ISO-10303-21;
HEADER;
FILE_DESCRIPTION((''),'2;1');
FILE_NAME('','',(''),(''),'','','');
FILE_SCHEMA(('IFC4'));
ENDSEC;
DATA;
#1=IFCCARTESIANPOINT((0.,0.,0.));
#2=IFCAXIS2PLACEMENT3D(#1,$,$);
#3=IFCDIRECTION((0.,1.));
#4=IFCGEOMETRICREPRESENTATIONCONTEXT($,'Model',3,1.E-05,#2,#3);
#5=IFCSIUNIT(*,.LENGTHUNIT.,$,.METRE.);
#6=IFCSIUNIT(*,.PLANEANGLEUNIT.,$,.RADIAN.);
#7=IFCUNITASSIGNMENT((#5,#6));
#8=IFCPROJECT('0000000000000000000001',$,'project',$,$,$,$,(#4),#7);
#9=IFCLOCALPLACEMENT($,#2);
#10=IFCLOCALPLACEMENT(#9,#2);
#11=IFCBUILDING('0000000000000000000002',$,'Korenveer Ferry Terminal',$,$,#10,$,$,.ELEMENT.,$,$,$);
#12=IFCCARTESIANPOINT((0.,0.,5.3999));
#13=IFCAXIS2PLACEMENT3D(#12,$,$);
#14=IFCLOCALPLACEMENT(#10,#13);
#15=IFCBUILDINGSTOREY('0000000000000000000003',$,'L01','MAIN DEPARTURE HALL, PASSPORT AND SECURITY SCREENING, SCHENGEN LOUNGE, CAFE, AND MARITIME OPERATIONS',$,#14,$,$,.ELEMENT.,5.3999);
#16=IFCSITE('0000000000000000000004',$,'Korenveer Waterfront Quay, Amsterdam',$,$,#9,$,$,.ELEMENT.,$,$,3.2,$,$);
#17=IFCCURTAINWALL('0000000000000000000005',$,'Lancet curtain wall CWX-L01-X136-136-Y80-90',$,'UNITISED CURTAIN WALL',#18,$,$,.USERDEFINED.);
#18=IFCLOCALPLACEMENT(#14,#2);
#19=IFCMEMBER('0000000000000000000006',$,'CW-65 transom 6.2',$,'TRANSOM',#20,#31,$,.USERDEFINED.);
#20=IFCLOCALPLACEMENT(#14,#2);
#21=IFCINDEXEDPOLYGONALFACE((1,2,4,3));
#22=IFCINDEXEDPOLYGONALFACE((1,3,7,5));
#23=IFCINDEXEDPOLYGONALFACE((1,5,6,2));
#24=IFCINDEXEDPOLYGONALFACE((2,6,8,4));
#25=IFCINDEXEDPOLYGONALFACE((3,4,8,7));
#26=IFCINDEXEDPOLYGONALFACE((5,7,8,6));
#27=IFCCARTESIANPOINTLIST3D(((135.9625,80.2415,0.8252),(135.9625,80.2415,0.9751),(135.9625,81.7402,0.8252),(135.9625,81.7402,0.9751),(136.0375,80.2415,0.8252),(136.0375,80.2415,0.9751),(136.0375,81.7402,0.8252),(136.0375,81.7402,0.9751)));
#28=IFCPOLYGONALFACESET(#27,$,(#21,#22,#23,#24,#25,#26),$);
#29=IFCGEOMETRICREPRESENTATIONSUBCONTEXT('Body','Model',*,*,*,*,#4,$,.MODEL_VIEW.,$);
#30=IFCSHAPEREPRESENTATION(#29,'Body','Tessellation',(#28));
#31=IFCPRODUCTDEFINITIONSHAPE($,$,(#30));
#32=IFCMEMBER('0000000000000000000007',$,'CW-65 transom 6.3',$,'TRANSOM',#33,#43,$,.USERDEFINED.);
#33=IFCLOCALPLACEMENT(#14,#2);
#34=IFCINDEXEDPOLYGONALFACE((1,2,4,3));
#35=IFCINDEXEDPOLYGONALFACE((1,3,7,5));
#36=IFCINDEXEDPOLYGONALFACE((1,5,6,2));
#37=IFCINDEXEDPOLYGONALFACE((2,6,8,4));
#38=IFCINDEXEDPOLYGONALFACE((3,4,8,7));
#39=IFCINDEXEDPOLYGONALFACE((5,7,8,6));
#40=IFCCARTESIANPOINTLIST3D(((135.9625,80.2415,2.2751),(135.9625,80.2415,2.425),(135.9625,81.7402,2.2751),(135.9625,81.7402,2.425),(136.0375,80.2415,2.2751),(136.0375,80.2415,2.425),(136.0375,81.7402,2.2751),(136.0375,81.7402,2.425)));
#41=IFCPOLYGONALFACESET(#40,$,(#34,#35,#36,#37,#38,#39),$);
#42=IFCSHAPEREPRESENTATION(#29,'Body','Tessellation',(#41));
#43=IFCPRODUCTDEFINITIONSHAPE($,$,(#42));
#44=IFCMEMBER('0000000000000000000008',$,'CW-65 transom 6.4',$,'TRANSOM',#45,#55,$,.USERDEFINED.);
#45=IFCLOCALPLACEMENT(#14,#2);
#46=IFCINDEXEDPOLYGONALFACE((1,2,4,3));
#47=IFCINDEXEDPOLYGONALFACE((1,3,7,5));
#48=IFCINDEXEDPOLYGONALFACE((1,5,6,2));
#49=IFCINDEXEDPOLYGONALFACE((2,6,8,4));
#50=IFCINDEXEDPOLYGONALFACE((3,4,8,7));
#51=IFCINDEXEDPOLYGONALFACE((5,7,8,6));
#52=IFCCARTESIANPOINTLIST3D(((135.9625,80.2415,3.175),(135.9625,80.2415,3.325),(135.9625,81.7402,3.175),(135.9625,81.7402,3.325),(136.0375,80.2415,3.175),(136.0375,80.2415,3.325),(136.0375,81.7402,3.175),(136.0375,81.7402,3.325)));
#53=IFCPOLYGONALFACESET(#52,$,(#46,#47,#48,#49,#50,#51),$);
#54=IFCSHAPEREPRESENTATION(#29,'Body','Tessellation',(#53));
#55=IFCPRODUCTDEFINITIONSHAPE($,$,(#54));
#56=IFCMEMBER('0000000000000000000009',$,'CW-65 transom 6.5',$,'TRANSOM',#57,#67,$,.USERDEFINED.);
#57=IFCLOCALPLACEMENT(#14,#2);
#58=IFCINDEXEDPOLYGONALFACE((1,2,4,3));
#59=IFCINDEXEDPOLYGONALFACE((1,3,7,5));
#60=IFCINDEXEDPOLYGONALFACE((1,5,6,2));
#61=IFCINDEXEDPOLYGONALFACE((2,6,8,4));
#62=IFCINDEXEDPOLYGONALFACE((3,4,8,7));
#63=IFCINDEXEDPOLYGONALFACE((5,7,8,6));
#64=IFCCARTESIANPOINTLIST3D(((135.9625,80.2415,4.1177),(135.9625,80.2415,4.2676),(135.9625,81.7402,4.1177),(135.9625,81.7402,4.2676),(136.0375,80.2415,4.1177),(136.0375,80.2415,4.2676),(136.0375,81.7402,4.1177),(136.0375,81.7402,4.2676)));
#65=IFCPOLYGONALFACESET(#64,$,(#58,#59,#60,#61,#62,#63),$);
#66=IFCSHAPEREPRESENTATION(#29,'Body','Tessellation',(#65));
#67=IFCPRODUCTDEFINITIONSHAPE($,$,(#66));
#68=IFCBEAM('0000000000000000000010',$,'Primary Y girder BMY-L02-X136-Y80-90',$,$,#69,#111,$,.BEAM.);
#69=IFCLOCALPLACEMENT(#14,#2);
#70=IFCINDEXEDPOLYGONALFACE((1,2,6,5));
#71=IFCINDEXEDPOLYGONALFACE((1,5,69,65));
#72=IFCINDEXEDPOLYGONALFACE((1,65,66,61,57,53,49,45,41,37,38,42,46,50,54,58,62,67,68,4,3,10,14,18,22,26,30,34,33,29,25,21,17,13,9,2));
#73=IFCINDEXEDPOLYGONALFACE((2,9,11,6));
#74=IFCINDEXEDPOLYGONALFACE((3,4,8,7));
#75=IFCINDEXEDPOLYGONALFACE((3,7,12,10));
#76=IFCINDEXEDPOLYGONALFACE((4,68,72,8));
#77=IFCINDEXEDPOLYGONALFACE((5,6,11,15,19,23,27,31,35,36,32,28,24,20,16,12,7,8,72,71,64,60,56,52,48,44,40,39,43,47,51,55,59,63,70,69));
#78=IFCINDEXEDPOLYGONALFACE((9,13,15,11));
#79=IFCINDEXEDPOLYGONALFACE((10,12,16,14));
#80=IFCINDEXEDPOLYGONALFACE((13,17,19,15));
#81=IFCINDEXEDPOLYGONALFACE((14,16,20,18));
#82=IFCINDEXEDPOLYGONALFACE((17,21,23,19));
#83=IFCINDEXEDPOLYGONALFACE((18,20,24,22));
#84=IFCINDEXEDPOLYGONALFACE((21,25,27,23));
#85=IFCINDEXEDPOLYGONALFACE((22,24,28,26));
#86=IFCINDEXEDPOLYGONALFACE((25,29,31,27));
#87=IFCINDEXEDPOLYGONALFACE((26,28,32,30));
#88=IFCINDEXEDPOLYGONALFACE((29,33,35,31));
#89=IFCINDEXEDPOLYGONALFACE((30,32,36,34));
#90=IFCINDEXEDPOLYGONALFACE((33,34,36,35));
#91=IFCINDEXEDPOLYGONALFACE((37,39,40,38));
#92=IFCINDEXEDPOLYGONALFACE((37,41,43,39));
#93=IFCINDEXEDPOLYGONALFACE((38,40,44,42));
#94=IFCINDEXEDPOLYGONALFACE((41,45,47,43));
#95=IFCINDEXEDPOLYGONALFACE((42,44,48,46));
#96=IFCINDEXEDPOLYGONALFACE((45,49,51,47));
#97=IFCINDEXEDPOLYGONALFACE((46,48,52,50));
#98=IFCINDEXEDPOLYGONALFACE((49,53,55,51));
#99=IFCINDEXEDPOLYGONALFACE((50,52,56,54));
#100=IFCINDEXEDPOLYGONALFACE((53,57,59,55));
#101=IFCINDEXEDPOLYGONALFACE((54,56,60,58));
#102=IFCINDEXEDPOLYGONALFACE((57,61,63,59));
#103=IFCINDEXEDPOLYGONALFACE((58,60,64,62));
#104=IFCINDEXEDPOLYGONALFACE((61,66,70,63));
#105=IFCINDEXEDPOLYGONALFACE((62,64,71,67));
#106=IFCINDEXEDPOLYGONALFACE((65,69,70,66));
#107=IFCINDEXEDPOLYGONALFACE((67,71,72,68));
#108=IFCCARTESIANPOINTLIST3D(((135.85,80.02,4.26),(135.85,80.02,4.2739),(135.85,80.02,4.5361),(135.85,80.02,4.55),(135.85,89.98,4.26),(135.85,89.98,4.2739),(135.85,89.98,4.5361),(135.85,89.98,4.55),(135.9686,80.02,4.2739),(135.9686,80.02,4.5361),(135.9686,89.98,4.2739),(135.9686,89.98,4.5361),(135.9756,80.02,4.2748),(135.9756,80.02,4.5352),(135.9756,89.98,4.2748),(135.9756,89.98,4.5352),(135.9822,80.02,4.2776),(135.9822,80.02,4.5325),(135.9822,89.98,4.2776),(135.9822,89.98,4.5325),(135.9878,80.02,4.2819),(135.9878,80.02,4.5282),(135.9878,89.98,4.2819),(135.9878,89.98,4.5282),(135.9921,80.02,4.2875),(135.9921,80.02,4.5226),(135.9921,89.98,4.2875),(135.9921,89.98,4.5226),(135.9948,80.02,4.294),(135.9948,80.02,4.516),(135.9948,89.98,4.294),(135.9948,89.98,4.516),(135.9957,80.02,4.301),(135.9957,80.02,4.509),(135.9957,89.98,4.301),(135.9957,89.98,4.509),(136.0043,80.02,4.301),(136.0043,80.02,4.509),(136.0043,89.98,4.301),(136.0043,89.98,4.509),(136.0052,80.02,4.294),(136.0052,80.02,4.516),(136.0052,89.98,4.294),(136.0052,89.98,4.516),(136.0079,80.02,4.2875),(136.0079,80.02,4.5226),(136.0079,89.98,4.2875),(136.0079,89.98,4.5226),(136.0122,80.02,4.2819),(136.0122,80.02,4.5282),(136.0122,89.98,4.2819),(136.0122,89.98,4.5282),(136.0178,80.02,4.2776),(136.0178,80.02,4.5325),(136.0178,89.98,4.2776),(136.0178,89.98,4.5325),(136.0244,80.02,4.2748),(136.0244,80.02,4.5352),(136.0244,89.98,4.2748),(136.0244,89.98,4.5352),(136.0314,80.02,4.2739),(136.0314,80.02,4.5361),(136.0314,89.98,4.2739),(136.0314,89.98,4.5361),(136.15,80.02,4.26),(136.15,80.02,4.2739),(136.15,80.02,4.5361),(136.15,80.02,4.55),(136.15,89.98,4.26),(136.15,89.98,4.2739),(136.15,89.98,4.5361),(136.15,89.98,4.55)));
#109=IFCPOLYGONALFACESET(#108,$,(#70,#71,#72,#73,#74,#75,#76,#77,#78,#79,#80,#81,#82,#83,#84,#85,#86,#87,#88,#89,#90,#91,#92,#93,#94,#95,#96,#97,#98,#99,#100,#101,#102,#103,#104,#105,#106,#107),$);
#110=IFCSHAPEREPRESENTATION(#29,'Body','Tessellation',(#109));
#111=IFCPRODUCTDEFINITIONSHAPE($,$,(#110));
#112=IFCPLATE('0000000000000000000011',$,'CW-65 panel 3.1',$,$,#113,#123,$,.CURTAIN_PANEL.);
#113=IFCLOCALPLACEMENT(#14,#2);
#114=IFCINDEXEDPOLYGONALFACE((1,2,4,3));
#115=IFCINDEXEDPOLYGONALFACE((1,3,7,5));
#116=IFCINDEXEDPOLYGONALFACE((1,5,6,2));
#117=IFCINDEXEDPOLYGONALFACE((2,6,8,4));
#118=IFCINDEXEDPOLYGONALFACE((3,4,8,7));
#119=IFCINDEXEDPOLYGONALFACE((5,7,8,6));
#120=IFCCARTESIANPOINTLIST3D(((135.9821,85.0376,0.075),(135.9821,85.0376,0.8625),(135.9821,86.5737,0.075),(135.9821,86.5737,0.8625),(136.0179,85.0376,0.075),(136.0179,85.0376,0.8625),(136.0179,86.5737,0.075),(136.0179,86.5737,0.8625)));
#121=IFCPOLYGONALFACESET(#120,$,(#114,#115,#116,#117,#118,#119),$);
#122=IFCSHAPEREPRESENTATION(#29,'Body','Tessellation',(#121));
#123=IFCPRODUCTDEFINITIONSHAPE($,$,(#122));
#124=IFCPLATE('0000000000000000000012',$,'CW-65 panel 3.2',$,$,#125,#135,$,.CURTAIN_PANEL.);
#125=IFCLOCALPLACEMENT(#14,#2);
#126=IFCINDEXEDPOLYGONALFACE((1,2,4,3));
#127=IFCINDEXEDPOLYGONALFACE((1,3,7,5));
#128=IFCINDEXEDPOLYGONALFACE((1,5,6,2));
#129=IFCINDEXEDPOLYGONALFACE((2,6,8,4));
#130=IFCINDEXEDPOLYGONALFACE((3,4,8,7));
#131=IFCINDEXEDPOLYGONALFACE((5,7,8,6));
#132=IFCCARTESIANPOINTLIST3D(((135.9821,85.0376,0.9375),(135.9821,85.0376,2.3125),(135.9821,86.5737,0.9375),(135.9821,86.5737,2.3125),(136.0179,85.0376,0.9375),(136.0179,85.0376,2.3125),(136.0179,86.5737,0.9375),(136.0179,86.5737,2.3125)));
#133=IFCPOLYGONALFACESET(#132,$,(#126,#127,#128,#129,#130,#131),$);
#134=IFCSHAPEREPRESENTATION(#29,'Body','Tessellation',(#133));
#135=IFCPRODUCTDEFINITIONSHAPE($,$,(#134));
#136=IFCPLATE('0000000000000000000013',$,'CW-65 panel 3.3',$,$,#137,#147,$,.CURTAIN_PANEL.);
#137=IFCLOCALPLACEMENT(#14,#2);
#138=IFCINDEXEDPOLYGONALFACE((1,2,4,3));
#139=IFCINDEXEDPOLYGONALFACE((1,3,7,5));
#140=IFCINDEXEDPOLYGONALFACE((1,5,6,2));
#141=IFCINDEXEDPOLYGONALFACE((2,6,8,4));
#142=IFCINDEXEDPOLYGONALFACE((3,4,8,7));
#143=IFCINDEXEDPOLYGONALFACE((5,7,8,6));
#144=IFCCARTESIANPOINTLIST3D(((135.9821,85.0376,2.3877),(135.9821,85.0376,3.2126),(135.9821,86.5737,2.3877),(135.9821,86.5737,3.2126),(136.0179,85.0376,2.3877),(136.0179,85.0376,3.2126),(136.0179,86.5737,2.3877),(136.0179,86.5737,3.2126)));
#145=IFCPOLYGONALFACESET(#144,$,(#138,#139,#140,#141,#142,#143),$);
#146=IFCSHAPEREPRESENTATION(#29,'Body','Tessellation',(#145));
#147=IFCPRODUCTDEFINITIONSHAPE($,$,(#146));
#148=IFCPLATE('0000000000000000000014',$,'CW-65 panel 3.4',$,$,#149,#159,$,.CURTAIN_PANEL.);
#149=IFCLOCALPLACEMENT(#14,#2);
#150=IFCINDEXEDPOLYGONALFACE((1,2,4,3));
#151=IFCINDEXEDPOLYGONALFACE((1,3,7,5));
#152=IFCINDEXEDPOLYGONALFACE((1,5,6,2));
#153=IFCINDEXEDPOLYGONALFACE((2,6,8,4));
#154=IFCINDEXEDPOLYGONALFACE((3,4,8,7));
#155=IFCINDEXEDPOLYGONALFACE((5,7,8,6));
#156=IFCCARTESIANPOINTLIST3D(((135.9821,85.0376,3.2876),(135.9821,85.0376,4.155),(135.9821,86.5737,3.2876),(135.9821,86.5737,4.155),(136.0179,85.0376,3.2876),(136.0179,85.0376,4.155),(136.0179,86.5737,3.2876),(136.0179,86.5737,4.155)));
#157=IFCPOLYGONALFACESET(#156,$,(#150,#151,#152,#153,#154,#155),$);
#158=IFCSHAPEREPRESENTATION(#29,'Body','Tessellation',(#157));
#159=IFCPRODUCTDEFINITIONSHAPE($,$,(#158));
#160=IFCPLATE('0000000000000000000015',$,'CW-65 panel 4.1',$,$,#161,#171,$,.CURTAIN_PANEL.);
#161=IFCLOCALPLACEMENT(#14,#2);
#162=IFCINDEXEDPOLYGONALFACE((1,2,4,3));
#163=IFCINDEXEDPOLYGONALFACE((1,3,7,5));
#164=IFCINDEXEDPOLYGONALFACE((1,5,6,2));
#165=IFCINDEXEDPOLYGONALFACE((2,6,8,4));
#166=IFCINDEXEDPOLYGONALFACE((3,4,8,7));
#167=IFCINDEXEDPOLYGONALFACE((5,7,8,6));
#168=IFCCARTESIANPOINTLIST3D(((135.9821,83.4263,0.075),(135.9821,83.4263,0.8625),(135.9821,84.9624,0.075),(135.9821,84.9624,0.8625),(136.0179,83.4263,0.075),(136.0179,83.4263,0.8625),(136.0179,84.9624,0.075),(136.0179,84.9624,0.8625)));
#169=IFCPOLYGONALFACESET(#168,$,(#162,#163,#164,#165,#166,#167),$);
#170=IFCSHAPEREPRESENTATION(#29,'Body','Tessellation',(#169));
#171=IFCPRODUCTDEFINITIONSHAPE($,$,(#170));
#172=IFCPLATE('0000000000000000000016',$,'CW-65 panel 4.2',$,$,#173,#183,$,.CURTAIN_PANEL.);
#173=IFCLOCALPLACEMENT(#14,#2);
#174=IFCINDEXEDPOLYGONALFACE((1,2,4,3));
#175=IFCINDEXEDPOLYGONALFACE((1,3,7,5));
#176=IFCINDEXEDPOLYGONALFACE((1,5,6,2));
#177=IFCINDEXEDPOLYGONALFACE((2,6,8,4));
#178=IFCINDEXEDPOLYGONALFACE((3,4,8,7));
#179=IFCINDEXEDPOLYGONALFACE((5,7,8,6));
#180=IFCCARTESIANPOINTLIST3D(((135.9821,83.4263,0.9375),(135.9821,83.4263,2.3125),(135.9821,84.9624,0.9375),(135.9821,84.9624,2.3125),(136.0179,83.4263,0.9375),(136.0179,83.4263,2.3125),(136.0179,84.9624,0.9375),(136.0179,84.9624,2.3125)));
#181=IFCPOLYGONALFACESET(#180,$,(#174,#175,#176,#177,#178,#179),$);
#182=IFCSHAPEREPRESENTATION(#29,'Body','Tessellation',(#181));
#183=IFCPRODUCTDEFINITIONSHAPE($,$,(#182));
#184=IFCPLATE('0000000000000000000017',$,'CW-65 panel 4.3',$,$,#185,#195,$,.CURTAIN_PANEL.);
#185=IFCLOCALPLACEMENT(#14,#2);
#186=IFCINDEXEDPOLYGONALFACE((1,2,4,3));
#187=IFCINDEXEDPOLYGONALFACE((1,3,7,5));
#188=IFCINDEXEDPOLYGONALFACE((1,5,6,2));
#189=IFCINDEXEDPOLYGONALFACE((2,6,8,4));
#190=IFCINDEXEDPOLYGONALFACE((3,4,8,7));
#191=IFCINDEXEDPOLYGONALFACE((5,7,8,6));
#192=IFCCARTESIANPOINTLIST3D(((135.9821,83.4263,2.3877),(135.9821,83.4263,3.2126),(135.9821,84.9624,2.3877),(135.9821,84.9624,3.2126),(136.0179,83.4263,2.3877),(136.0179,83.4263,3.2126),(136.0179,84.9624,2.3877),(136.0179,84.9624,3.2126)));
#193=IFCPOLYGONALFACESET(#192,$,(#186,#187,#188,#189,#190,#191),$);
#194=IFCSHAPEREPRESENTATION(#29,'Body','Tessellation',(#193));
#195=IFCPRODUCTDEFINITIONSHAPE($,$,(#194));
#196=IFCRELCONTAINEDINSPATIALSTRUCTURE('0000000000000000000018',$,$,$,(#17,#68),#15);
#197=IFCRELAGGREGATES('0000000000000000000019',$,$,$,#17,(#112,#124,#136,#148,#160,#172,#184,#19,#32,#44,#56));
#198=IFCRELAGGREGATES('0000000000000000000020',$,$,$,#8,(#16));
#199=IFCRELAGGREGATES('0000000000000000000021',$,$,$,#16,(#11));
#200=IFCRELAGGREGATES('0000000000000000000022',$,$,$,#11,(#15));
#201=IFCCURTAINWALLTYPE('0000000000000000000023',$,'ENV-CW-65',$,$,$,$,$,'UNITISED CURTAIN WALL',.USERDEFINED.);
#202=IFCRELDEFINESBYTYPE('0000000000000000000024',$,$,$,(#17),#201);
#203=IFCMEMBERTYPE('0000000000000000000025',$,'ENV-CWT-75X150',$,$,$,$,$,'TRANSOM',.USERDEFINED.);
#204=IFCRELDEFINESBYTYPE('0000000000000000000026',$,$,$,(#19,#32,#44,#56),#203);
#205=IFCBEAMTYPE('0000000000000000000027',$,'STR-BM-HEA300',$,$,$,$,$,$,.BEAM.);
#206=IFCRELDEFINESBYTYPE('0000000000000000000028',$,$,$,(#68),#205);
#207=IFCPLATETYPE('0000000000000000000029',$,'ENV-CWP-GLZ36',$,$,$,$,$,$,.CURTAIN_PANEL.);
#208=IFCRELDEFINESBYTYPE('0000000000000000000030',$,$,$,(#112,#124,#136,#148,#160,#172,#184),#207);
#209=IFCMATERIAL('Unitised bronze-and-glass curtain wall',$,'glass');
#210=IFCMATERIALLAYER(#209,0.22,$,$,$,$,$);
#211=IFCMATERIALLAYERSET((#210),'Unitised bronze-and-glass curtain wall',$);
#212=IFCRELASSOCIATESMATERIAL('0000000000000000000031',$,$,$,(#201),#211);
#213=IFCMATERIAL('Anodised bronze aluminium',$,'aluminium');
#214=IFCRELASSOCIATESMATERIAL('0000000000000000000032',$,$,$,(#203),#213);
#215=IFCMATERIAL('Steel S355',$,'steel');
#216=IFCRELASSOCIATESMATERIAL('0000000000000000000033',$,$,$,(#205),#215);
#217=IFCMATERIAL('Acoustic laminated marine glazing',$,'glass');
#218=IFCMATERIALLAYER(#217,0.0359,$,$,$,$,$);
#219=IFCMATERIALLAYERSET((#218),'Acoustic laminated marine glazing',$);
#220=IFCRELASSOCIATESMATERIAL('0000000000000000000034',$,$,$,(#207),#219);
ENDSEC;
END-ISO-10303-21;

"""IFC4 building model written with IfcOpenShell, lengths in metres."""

from ifc_helpers import new_model, si_unit, direction, frame, origin, origin_2d, place, context, subcontext, project, spatial, rectangle, i_section, extrude, material, layer, layer_set, material_profile, profile_set, type_object, element, aggregate, save


model = new_model("IFC4")

# Units and contexts
model_context = context("Model", 3, precision=1e-05, world=origin(), true_north=direction((0.0, 1.0)))
body_context = subcontext(model_context, "Body", "Model", "MODEL_VIEW")
ifc_project = project(units=[si_unit("LENGTHUNIT", "METRE"), si_unit("PLANEANGLEUNIT", "RADIAN")], contexts=[model_context])

# Site, building, storey
site_placement = place(None, origin())
site = spatial("IfcSite", under=ifc_project, at=site_placement, Name="Korenveer Waterfront Quay, Amsterdam", CompositionType="ELEMENT", RefElevation=3.2)
building_placement = place(site_placement, origin())
building = spatial("IfcBuilding", under=site, at=building_placement, Name="Korenveer Ferry Terminal", CompositionType="ELEMENT")
storey_placement = place(building_placement, frame((0.0, 0.0, 5.3999)))
storey = spatial("IfcBuildingStorey", under=building, at=storey_placement, Name="L01", Description="MAIN DEPARTURE HALL, PASSPORT AND SECURITY SCREENING, SCHENGEN LOUNGE, CAFE, AND MARITIME OPERATIONS", CompositionType="ELEMENT", Elevation=5.3999)

# Curtain wall, members
ifc_material_1 = material(Name="Unitised bronze-and-glass curtain wall", Category="glass")
ifc_layer_1 = layer(ifc_material_1, 0.22)
ifc_layer_set_1 = layer_set([ifc_layer_1], Name="Unitised bronze-and-glass curtain wall")
curtain_wall_type = type_object("IfcCurtainWallType", Name="ENV-CW-65", ElementType="UNITISED CURTAIN WALL", PredefinedType="USERDEFINED", material=ifc_layer_set_1)
curtain_wall_placement = place(storey_placement, frame((136.0, 89.8335, 0.0)))
curtain_wall = element("IfcCurtainWall", 1, at=curtain_wall_placement, inside=storey, type_object=curtain_wall_type, Name="Lancet curtain wall CWX-L01-X136-136-Y80-90", ObjectType="UNITISED CURTAIN WALL", PredefinedType="USERDEFINED")
ifc_material_2 = material(Name="Anodised bronze aluminium", Category="aluminium")
ifc_material_profile_1 = material_profile(ifc_material_2, rectangle(XDim=0.075, YDim=0.1499, at=origin_2d()), Name="ALU 75x150")
ifc_profile_set_1 = profile_set([ifc_material_profile_1], Name="Anodised bronze aluminium")
member_type_1 = type_object("IfcMemberType", Name="ENV-CWT-75X150", ElementType="TRANSOM", PredefinedType="USERDEFINED", material=ifc_profile_set_1)
member_1_placement = place(storey_placement, frame((136.0, 81.7402, 0.9001), z_axis=(0.0, -1.0, 0.0), x_axis=(1.0, 0.0, 0.0)))
member_1 = element("IfcMember", 2, at=member_1_placement, type_object=member_type_1, Name="CW-65 transom 6.2", ObjectType="TRANSOM", PredefinedType="USERDEFINED", context=body_context, shape_type="SweptSolid", body=[
    extrude(rectangle(XDim=0.075, YDim=0.1499, at=origin_2d()), origin(), (0.0, 0.0, 1.0), 1.4988),
])
member_2_placement = place(storey_placement, frame((136.0, 81.7402, 2.3501), z_axis=(0.0, -1.0, 0.0), x_axis=(1.0, 0.0, 0.0)))
member_2 = element("IfcMember", 3, at=member_2_placement, type_object=member_type_1, Name="CW-65 transom 6.3", ObjectType="TRANSOM", PredefinedType="USERDEFINED", context=body_context, shape_type="SweptSolid", body=[
    extrude(rectangle(XDim=0.075, YDim=0.1499, at=origin_2d()), origin(), (0.0, 0.0, 1.0), 1.4988),
])
member_3_placement = place(storey_placement, frame((136.0, 81.7402, 3.25), z_axis=(0.0, -1.0, 0.0), x_axis=(1.0, 0.0, 0.0)))
member_3 = element("IfcMember", 4, at=member_3_placement, type_object=member_type_1, Name="CW-65 transom 6.4", ObjectType="TRANSOM", PredefinedType="USERDEFINED", context=body_context, shape_type="SweptSolid", body=[
    extrude(rectangle(XDim=0.075, YDim=0.1499, at=origin_2d()), origin(), (0.0, 0.0, 1.0), 1.4988),
])
member_4_placement = place(storey_placement, frame((136.0, 81.7402, 4.1926), z_axis=(0.0, -1.0, 0.0), x_axis=(1.0, 0.0, 0.0)))
member_4 = element("IfcMember", 5, at=member_4_placement, type_object=member_type_1, Name="CW-65 transom 6.5", ObjectType="TRANSOM", PredefinedType="USERDEFINED", context=body_context, shape_type="SweptSolid", body=[
    extrude(rectangle(XDim=0.075, YDim=0.1499, at=origin_2d()), origin(), (0.0, 0.0, 1.0), 1.4988),
])

# Beam
ifc_material_3 = material(Name="Steel S355", Category="steel")
ifc_material_profile_2 = material_profile(ifc_material_3, i_section(OverallWidth=0.3, OverallDepth=0.29, WebThickness=0.0085, FlangeThickness=0.0139, FilletRadius=0.0271, at=origin_2d()), Name="HEA 300")
ifc_profile_set_2 = profile_set([ifc_material_profile_2], Name="Steel S355")
beam_type = type_object("IfcBeamType", Name="STR-BM-HEA300", PredefinedType="BEAM", material=ifc_profile_set_2)
beam_placement = place(storey_placement, frame((136.0, 80.02, 4.405), z_axis=(0.0, 1.0, 0.0), x_axis=(-1.0, 0.0, 0.0)))
element("IfcBeam", 6, at=beam_placement, inside=storey, type_object=beam_type, Name="Primary Y girder BMY-L02-X136-Y80-90", PredefinedType="BEAM", context=body_context, shape_type="SweptSolid", body=[
    extrude(i_section(OverallWidth=0.3, OverallDepth=0.29, WebThickness=0.0085, FlangeThickness=0.0139, FilletRadius=0.0271, at=origin_2d()), origin(), (0.0, 0.0, 1.0), 9.96),
])

# Plates
ifc_material_4 = material(Name="Acoustic laminated marine glazing", Category="glass")
ifc_layer_2 = layer(ifc_material_4, 0.0359)
ifc_layer_set_2 = layer_set([ifc_layer_2], Name="Acoustic laminated marine glazing")
plate_type = type_object("IfcPlateType", Name="ENV-CWP-GLZ36", PredefinedType="CURTAIN_PANEL", material=ifc_layer_set_2)
plate_1_placement = place(storey_placement, frame((136.0, 85.8057, 0.075), z_axis=(0.0, 0.0, 1.0), x_axis=(0.0, -1.0, 0.0)))
plate_1 = element("IfcPlate", 7, at=plate_1_placement, type_object=plate_type, Name="CW-65 panel 3.1", PredefinedType="CURTAIN_PANEL", context=body_context, shape_type="SweptSolid", body=[
    extrude(rectangle(XDim=1.5361, YDim=0.0359, at=origin_2d()), origin(), (0.0, 0.0, 1.0), 0.7876),
])
plate_2_placement = place(storey_placement, frame((136.0, 85.8057, 0.9375), z_axis=(0.0, 0.0, 1.0), x_axis=(0.0, -1.0, 0.0)))
plate_2 = element("IfcPlate", 8, at=plate_2_placement, type_object=plate_type, Name="CW-65 panel 3.2", PredefinedType="CURTAIN_PANEL", context=body_context, shape_type="SweptSolid", body=[
    extrude(rectangle(XDim=1.5361, YDim=0.0359, at=origin_2d()), origin(), (0.0, 0.0, 1.0), 1.375),
])
plate_3_placement = place(storey_placement, frame((136.0, 85.8057, 2.3877), z_axis=(0.0, 0.0, 1.0), x_axis=(0.0, -1.0, 0.0)))
plate_3 = element("IfcPlate", 9, at=plate_3_placement, type_object=plate_type, Name="CW-65 panel 3.3", PredefinedType="CURTAIN_PANEL", context=body_context, shape_type="SweptSolid", body=[
    extrude(rectangle(XDim=1.5361, YDim=0.0359, at=origin_2d()), origin(), (0.0, 0.0, 1.0), 0.825),
])
plate_4_placement = place(storey_placement, frame((136.0, 85.8057, 3.2876), z_axis=(0.0, 0.0, 1.0), x_axis=(0.0, -1.0, 0.0)))
plate_4 = element("IfcPlate", 10, at=plate_4_placement, type_object=plate_type, Name="CW-65 panel 3.4", PredefinedType="CURTAIN_PANEL", context=body_context, shape_type="SweptSolid", body=[
    extrude(rectangle(XDim=1.5361, YDim=0.0359, at=origin_2d()), origin(), (0.0, 0.0, 1.0), 0.8674),
])
plate_5_placement = place(storey_placement, frame((136.0, 84.1943, 0.075), z_axis=(0.0, 0.0, 1.0), x_axis=(0.0, -1.0, 0.0)))
plate_5 = element("IfcPlate", 11, at=plate_5_placement, type_object=plate_type, Name="CW-65 panel 4.1", PredefinedType="CURTAIN_PANEL", context=body_context, shape_type="SweptSolid", body=[
    extrude(rectangle(XDim=1.5361, YDim=0.0359, at=origin_2d()), origin(), (0.0, 0.0, 1.0), 0.7876),
])
plate_6_placement = place(storey_placement, frame((136.0, 84.1943, 0.9375), z_axis=(0.0, 0.0, 1.0), x_axis=(0.0, -1.0, 0.0)))
plate_6 = element("IfcPlate", 12, at=plate_6_placement, type_object=plate_type, Name="CW-65 panel 4.2", PredefinedType="CURTAIN_PANEL", context=body_context, shape_type="SweptSolid", body=[
    extrude(rectangle(XDim=1.5361, YDim=0.0359, at=origin_2d()), origin(), (0.0, 0.0, 1.0), 1.375),
])
plate_7_placement = place(storey_placement, frame((136.0, 84.1943, 2.3877), z_axis=(0.0, 0.0, 1.0), x_axis=(0.0, -1.0, 0.0)))
plate_7 = element("IfcPlate", 13, at=plate_7_placement, type_object=plate_type, Name="CW-65 panel 4.3", PredefinedType="CURTAIN_PANEL", context=body_context, shape_type="SweptSolid", body=[
    extrude(rectangle(XDim=1.5361, YDim=0.0359, at=origin_2d()), origin(), (0.0, 0.0, 1.0), 0.825),
])
aggregate(curtain_wall, [plate_1, plate_2, plate_3, plate_4, plate_5, plate_6, plate_7, member_1, member_2, member_3, member_4])

save(model, "model.ifc")
